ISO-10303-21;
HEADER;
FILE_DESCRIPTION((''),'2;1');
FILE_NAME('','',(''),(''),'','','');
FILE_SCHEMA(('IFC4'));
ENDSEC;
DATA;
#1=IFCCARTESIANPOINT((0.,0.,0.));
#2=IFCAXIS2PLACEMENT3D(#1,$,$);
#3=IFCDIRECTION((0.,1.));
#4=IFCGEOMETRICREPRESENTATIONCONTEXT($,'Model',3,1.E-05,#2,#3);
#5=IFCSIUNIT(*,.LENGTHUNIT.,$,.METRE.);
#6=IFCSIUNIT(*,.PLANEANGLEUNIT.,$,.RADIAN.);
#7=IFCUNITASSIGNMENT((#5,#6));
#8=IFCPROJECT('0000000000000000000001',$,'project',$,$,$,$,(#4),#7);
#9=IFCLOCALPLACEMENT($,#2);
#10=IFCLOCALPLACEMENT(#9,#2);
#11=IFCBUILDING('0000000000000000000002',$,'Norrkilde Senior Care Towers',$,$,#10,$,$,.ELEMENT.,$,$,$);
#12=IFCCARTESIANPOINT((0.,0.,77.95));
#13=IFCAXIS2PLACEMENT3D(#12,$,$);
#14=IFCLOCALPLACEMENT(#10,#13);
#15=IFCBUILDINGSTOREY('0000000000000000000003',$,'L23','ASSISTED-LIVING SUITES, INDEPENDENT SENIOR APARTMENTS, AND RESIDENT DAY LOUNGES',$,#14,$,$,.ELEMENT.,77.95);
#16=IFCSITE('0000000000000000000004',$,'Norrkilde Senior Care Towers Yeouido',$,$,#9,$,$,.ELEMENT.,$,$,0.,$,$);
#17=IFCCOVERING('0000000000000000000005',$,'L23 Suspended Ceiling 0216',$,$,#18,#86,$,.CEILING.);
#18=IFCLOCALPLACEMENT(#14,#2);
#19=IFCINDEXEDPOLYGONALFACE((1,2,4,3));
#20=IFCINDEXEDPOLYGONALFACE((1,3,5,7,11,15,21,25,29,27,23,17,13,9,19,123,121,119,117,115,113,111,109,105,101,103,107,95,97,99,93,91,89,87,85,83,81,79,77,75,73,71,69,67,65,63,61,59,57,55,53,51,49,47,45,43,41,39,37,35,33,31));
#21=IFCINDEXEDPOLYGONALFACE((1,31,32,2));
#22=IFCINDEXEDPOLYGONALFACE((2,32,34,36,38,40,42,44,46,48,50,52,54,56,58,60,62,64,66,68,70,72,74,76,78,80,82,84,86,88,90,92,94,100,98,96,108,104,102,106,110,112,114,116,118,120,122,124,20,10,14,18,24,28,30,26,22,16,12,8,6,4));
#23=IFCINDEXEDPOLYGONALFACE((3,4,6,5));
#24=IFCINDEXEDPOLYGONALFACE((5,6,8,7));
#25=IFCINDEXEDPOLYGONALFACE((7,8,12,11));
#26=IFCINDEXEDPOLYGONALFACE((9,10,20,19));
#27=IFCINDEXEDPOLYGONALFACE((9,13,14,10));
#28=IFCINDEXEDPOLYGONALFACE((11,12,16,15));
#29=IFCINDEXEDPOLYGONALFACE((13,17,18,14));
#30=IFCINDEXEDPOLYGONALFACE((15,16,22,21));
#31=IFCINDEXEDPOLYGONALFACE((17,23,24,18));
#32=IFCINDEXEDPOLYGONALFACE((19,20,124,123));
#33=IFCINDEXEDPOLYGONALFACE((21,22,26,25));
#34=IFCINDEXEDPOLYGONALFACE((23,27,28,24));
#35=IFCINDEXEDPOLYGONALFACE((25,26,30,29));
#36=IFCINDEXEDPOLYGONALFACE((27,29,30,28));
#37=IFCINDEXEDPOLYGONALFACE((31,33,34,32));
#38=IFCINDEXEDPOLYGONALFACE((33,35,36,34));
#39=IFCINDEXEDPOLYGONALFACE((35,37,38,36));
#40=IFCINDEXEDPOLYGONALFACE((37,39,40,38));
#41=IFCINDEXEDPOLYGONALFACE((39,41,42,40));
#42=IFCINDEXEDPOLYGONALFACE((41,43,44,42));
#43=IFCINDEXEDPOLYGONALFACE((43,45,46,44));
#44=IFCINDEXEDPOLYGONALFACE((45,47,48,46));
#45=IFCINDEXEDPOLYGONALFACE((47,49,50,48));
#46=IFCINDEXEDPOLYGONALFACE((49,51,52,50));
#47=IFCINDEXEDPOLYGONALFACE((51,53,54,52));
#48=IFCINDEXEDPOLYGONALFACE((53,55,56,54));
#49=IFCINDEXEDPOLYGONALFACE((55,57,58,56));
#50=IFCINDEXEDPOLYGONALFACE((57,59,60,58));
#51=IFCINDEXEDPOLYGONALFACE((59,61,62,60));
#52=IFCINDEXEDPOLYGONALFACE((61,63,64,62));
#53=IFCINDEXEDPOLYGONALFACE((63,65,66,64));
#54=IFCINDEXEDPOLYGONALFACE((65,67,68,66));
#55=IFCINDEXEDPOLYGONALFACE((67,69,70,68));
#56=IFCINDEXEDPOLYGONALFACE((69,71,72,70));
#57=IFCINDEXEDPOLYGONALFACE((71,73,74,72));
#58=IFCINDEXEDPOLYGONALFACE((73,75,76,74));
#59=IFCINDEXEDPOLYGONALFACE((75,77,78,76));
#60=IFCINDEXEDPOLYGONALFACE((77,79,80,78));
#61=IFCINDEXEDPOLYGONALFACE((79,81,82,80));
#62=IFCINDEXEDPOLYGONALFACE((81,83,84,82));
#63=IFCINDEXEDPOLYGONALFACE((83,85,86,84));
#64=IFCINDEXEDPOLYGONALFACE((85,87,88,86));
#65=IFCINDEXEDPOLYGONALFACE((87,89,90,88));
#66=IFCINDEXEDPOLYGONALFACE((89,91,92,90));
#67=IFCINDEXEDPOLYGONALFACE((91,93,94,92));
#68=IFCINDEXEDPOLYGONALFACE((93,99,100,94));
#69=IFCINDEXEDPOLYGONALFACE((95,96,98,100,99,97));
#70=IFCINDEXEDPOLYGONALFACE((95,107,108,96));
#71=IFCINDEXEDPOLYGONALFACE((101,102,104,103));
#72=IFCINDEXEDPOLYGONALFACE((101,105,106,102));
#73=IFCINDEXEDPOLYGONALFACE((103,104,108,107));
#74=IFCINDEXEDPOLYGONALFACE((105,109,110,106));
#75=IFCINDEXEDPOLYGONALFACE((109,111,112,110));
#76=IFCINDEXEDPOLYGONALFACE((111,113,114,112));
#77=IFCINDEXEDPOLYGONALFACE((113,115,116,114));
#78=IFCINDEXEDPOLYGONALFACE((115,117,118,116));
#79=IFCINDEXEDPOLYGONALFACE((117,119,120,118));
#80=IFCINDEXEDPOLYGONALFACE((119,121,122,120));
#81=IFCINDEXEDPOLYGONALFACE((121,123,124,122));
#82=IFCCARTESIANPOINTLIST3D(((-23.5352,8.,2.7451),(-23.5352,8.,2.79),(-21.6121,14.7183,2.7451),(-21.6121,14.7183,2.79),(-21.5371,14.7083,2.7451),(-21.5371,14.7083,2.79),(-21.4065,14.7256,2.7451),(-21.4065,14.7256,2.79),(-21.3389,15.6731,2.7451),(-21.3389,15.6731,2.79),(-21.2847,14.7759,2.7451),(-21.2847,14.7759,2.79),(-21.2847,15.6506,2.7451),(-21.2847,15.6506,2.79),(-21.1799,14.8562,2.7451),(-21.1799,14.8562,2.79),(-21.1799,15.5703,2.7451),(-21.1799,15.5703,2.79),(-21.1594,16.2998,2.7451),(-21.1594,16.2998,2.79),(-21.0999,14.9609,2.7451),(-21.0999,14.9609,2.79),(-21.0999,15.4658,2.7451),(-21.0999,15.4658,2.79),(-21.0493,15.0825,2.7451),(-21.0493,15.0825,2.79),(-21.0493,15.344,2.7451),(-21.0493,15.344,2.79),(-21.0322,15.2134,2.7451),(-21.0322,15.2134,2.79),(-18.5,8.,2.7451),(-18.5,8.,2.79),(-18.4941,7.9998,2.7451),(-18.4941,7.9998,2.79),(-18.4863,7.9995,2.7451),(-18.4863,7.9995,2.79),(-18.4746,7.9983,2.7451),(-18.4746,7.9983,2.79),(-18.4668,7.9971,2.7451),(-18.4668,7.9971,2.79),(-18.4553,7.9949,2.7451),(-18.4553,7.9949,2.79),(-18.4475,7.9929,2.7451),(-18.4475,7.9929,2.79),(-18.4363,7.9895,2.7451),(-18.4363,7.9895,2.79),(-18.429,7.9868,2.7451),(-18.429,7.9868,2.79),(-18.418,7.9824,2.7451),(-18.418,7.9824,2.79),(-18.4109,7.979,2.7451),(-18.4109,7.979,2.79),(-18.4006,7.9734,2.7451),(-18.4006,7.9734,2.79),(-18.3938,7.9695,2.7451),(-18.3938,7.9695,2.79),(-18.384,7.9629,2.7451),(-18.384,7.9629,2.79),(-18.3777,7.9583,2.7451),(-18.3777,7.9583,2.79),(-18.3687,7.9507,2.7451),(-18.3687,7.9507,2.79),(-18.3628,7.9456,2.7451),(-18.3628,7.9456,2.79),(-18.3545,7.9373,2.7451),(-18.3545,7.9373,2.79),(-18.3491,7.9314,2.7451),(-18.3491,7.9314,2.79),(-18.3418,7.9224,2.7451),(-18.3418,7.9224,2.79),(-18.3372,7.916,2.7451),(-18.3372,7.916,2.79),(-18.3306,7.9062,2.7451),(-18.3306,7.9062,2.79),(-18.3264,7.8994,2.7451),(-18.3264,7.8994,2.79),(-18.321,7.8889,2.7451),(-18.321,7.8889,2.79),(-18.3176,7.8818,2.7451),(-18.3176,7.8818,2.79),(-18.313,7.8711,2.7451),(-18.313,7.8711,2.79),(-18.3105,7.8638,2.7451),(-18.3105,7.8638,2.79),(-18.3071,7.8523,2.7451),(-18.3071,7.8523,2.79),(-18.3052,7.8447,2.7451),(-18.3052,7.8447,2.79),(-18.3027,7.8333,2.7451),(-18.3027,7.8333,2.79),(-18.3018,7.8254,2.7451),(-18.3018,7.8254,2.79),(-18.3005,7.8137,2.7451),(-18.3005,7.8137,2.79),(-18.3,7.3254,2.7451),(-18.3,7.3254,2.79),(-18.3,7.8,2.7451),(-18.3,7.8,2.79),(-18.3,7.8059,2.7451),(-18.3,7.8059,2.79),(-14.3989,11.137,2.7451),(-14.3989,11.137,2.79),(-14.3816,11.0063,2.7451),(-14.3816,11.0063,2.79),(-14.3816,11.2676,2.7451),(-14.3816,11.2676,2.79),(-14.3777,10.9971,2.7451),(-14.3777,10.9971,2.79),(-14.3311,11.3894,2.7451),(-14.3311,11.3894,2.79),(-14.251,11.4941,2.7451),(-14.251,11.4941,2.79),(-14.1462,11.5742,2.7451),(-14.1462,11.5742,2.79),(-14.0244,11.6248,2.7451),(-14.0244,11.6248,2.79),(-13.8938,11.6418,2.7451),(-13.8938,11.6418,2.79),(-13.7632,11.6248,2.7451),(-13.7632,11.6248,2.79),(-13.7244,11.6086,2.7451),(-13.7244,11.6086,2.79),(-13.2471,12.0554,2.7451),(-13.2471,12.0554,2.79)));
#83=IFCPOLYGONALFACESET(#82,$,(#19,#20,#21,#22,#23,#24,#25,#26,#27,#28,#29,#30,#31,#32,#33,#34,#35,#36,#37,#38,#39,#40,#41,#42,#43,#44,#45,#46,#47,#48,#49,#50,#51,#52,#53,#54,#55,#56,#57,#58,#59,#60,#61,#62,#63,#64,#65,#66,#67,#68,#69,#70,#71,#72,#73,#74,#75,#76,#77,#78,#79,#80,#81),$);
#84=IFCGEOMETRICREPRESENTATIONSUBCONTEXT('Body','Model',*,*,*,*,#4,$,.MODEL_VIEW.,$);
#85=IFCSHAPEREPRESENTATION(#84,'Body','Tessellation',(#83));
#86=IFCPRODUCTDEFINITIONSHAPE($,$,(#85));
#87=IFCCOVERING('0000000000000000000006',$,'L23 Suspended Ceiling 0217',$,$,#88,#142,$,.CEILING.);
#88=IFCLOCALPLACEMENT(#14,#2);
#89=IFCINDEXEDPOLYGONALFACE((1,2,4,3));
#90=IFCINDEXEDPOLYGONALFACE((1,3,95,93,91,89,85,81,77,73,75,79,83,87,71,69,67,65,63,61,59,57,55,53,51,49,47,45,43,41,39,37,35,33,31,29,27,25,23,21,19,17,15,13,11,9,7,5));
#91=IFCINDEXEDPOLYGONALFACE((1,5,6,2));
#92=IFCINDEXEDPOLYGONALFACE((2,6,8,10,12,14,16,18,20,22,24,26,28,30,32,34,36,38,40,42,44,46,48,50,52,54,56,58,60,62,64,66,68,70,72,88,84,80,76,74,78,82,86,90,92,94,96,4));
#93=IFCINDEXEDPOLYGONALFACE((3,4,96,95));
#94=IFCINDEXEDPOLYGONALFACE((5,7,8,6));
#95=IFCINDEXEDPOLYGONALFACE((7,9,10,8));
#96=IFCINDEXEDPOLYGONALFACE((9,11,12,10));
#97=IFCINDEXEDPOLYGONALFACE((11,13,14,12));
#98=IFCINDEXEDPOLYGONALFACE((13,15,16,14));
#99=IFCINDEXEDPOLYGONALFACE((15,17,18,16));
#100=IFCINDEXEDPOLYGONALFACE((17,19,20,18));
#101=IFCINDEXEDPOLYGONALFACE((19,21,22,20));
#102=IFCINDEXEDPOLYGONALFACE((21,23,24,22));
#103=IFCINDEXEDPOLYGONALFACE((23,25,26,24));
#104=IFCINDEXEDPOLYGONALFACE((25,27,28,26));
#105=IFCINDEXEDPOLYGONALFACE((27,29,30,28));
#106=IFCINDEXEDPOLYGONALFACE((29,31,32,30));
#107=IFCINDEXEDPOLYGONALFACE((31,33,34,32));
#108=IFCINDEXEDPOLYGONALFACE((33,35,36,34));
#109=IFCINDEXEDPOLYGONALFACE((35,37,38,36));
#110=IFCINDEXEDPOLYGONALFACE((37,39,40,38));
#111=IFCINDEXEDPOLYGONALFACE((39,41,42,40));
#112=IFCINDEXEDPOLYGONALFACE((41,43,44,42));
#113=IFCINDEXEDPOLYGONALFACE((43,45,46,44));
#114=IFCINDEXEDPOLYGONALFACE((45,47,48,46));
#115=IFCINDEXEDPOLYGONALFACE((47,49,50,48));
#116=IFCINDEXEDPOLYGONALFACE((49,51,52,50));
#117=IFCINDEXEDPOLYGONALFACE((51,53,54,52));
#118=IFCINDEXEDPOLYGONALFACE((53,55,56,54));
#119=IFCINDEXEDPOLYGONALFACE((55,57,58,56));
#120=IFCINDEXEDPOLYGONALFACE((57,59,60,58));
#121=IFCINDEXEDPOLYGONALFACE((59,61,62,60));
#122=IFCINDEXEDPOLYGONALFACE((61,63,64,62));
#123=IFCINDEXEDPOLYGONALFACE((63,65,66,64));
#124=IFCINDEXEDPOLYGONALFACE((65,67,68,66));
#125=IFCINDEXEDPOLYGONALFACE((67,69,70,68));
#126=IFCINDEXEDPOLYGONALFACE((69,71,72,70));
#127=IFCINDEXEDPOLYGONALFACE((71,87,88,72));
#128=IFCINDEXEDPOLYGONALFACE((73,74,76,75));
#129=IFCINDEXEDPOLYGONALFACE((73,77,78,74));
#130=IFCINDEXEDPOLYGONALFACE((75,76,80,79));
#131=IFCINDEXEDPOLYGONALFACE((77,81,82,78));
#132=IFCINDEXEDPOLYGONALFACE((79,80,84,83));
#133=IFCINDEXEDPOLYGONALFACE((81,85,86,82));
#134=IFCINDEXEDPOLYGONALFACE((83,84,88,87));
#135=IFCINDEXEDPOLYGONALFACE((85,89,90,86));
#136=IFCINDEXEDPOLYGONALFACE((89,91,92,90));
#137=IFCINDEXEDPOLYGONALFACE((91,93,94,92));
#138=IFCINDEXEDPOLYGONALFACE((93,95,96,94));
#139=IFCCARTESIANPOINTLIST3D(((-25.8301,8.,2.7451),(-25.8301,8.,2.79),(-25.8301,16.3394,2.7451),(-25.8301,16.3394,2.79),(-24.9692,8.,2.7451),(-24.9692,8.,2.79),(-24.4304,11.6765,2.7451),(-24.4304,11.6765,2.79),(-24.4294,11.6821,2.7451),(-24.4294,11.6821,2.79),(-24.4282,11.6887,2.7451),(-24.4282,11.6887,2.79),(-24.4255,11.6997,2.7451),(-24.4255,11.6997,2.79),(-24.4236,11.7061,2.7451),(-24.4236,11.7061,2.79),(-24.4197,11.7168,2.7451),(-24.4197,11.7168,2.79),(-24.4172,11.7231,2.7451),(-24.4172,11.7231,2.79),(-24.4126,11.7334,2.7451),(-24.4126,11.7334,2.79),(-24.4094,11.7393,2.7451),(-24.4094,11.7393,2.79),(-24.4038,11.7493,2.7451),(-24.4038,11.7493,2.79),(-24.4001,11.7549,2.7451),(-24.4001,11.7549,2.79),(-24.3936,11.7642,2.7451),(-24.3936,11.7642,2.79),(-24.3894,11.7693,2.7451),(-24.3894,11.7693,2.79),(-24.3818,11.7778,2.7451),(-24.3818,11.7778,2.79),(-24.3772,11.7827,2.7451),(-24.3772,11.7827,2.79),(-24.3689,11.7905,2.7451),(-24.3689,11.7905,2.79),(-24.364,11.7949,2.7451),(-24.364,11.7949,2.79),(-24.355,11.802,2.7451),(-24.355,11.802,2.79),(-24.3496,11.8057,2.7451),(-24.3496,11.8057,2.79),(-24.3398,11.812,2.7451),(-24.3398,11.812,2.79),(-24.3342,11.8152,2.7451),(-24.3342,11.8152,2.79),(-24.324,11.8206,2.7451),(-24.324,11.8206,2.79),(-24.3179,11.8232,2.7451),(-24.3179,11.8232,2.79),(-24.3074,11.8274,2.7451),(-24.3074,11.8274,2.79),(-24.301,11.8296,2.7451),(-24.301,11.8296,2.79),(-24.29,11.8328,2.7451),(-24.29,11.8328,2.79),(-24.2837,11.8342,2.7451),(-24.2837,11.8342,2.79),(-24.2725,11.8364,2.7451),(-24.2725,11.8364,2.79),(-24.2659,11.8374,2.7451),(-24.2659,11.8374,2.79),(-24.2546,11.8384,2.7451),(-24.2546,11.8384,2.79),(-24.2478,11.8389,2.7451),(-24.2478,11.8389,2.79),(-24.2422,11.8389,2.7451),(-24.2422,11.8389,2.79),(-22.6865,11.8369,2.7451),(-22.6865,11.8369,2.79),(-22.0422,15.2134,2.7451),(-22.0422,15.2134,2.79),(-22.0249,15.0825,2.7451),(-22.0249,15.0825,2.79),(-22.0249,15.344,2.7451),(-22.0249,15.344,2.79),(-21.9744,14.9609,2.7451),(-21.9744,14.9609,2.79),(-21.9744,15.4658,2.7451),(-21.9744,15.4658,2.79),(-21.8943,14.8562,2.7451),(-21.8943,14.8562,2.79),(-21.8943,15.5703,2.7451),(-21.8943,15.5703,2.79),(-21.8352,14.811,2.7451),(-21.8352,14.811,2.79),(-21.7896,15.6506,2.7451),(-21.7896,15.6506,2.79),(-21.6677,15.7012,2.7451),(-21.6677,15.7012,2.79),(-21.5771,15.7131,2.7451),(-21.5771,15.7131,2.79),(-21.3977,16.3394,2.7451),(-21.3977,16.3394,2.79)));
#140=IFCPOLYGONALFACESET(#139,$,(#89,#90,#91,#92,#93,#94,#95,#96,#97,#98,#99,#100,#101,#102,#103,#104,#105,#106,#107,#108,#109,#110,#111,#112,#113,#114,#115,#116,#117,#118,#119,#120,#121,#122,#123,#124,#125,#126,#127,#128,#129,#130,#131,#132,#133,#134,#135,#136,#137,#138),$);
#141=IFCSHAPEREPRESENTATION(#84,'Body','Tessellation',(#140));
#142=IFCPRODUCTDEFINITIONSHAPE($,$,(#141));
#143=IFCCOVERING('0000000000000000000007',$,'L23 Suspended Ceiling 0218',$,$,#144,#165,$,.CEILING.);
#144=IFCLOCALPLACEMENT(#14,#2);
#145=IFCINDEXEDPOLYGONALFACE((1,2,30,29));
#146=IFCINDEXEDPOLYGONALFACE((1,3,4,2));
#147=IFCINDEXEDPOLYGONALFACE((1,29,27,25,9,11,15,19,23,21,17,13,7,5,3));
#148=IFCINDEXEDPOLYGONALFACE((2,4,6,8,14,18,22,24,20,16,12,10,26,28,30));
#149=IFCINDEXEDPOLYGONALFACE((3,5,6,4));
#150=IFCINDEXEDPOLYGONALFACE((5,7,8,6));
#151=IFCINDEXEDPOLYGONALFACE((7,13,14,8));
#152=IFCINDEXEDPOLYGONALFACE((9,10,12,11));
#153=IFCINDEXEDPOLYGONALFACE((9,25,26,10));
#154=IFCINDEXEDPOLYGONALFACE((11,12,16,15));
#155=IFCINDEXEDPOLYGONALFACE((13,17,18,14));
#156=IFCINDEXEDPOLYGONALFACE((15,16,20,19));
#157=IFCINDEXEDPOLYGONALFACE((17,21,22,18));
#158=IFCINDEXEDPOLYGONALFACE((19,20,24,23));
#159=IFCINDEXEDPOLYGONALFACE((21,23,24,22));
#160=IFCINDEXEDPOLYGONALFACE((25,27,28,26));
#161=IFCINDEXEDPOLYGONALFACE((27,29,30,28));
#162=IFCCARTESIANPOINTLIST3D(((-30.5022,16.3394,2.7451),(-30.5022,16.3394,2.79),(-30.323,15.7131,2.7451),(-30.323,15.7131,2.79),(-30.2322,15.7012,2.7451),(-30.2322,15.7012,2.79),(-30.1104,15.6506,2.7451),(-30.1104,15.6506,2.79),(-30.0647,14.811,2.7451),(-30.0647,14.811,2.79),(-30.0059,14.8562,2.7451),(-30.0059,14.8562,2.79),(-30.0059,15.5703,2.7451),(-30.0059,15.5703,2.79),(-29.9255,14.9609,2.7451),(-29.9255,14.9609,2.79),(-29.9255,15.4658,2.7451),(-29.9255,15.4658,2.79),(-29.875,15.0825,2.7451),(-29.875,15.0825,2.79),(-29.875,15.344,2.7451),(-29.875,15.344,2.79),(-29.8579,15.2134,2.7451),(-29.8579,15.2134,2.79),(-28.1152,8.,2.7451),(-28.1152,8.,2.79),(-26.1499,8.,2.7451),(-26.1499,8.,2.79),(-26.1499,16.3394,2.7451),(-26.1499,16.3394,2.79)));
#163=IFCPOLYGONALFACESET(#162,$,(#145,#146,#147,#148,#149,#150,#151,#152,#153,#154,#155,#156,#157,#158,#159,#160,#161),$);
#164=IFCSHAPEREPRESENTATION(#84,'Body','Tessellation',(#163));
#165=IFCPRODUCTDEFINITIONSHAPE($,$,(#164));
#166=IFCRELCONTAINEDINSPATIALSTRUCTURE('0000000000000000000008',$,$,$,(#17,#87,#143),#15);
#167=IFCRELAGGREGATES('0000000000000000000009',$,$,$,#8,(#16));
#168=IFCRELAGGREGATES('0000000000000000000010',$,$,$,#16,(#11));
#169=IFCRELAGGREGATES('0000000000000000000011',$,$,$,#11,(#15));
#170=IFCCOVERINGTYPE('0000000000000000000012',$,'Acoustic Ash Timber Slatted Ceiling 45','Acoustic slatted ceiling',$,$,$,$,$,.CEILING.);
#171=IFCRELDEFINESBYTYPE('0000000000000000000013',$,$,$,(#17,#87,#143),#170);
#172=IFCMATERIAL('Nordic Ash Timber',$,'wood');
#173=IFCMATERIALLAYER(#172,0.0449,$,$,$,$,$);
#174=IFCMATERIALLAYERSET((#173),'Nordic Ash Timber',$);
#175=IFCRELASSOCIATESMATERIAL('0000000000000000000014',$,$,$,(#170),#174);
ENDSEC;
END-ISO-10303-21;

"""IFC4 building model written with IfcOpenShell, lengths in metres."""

from ifc_helpers import new_model, si_unit, direction, frame, origin, place, context, subcontext, project, spatial, polyline, outline, extrude, material, layer, layer_set, type_object, element, save


model = new_model("IFC4")

# Units and contexts
model_context = context("Model", 3, precision=1e-05, world=origin(), true_north=direction((0.0, 1.0)))
body_context = subcontext(model_context, "Body", "Model", "MODEL_VIEW")
ifc_project = project(units=[si_unit("LENGTHUNIT", "METRE"), si_unit("PLANEANGLEUNIT", "RADIAN")], contexts=[model_context])

# Site, building, storey
site_placement = place(None, origin())
site = spatial("IfcSite", under=ifc_project, at=site_placement, Name="Norrkilde Senior Care Towers Yeouido", CompositionType="ELEMENT", RefElevation=0.0)
building_placement = place(site_placement, origin())
building = spatial("IfcBuilding", under=site, at=building_placement, Name="Norrkilde Senior Care Towers", CompositionType="ELEMENT")
storey_placement = place(building_placement, frame((0.0, 0.0, 77.95)))
storey = spatial("IfcBuildingStorey", under=building, at=storey_placement, Name="L23", Description="ASSISTED-LIVING SUITES, INDEPENDENT SENIOR APARTMENTS, AND RESIDENT DAY LOUNGES", CompositionType="ELEMENT", Elevation=77.95)

# Coverings
ifc_material_1 = material(Name="Nordic Ash Timber", Category="wood")
ifc_layer_1 = layer(ifc_material_1, 0.0449)
ifc_layer_set_1 = layer_set([ifc_layer_1], Name="Nordic Ash Timber")
covering_type_1 = type_object("IfcCoveringType", Name="Acoustic Ash Timber Slatted Ceiling 45", Description="Acoustic slatted ceiling", PredefinedType="CEILING", material=ifc_layer_set_1)
covering_1_placement = place(storey_placement, frame((0.0, 0.0, 2.7451)))
element("IfcCovering", 1, at=covering_1_placement, inside=storey, type_object=covering_type_1, Name="L23 Suspended Ceiling 0216", PredefinedType="CEILING", context=body_context, shape_type="SweptSolid", body=[
    extrude(outline(polyline([(-18.3027, 7.8333), (-18.3052, 7.8447), (-18.3071, 7.8523), (-18.3105, 7.8638), (-18.313, 7.8711), (-18.3176, 7.8818), (-18.321, 7.8889), (-18.3264, 7.8994), (-18.3306, 7.9062), (-18.3372, 7.916), (-18.3418, 7.9224), (-18.3491, 7.9314), (-18.3545, 7.9373), (-18.3628, 7.9456), (-18.3687, 7.9507), (-18.3777, 7.9583), (-18.384, 7.9629), (-18.3938, 7.9695), (-18.4006, 7.9734), (-18.4109, 7.979), (-18.418, 7.9824), (-18.429, 7.9868), (-18.4363, 7.9895), (-18.4475, 7.9929), (-18.4553, 7.9949), (-18.4668, 7.9971), (-18.4746, 7.9983), (-18.4863, 7.9995), (-18.4941, 7.9998), (-18.5, 8.0), (-23.5352, 8.0), (-21.6121, 14.7183), (-21.5371, 14.7083), (-21.4065, 14.7256), (-21.2847, 14.7759), (-21.1799, 14.8562), (-21.0999, 14.9609), (-21.0493, 15.0825), (-21.0322, 15.2134), (-21.0493, 15.344), (-21.0999, 15.4658), (-21.1799, 15.5703), (-21.2847, 15.6506), (-21.3389, 15.6731), (-21.1594, 16.2998), (-13.2471, 12.0554), (-13.7244, 11.6086), (-13.7632, 11.6248), (-13.8938, 11.6418), (-14.0244, 11.6248), (-14.1462, 11.5742), (-14.251, 11.4941), (-14.3311, 11.3894), (-14.3816, 11.2676), (-14.3989, 11.137), (-14.3816, 11.0063), (-14.3777, 10.9971), (-18.3, 7.3254), (-18.3, 7.8), (-18.3, 7.8059), (-18.3005, 7.8137), (-18.3018, 7.8254), (-18.3027, 7.8333)])), origin(), (0.0, 0.0, 1.0), 0.0449),
])
covering_2_placement = place(storey_placement, frame((0.0, 0.0, 2.7451)))
element("IfcCovering", 2, at=covering_2_placement, inside=storey, type_object=covering_type_1, Name="L23 Suspended Ceiling 0217", PredefinedType="CEILING", context=body_context, shape_type="SweptSolid", body=[
    extrude(outline(polyline([(-24.2659, 11.8374), (-24.2725, 11.8364), (-24.2837, 11.8342), (-24.29, 11.8328), (-24.301, 11.8296), (-24.3074, 11.8274), (-24.3179, 11.8232), (-24.324, 11.8206), (-24.3342, 11.8152), (-24.3398, 11.812), (-24.3496, 11.8057), (-24.355, 11.802), (-24.364, 11.7949), (-24.3689, 11.7905), (-24.3772, 11.7827), (-24.3818, 11.7778), (-24.3894, 11.7693), (-24.3936, 11.7642), (-24.4001, 11.7549), (-24.4038, 11.7493), (-24.4094, 11.7393), (-24.4126, 11.7334), (-24.4172, 11.7231), (-24.4197, 11.7168), (-24.4236, 11.7061), (-24.4255, 11.6997), (-24.4282, 11.6887), (-24.4294, 11.6821), (-24.4304, 11.6765), (-24.9692, 8.0), (-25.8301, 8.0), (-25.8301, 16.3394), (-21.3977, 16.3394), (-21.5771, 15.7131), (-21.6677, 15.7012), (-21.7896, 15.6506), (-21.8943, 15.5703), (-21.9744, 15.4658), (-22.0249, 15.344), (-22.0422, 15.2134), (-22.0249, 15.0825), (-21.9744, 14.9609), (-21.8943, 14.8562), (-21.8352, 14.811), (-22.6865, 11.8369), (-24.2422, 11.8389), (-24.2478, 11.8389), (-24.2546, 11.8384), (-24.2659, 11.8374)])), origin(), (0.0, 0.0, 1.0), 0.0449),
])
covering_3_placement = place(storey_placement, frame((0.0, 0.0, 2.7451)))
element("IfcCovering", 3, at=covering_3_placement, inside=storey, type_object=covering_type_1, Name="L23 Suspended Ceiling 0218", PredefinedType="CEILING", context=body_context, shape_type="SweptSolid", body=[
    extrude(outline(polyline([(-26.1499, 16.3394), (-26.1499, 8.0), (-28.1152, 8.0), (-30.0647, 14.811), (-30.0059, 14.8562), (-29.9255, 14.9609), (-29.875, 15.0825), (-29.8579, 15.2134), (-29.875, 15.344), (-29.9255, 15.4658), (-30.0059, 15.5703), (-30.1104, 15.6506), (-30.2322, 15.7012), (-30.323, 15.7131), (-30.5022, 16.3394), (-26.1499, 16.3394)])), origin(), (0.0, 0.0, 1.0), 0.0449),
])

save(model, "model.ifc")
